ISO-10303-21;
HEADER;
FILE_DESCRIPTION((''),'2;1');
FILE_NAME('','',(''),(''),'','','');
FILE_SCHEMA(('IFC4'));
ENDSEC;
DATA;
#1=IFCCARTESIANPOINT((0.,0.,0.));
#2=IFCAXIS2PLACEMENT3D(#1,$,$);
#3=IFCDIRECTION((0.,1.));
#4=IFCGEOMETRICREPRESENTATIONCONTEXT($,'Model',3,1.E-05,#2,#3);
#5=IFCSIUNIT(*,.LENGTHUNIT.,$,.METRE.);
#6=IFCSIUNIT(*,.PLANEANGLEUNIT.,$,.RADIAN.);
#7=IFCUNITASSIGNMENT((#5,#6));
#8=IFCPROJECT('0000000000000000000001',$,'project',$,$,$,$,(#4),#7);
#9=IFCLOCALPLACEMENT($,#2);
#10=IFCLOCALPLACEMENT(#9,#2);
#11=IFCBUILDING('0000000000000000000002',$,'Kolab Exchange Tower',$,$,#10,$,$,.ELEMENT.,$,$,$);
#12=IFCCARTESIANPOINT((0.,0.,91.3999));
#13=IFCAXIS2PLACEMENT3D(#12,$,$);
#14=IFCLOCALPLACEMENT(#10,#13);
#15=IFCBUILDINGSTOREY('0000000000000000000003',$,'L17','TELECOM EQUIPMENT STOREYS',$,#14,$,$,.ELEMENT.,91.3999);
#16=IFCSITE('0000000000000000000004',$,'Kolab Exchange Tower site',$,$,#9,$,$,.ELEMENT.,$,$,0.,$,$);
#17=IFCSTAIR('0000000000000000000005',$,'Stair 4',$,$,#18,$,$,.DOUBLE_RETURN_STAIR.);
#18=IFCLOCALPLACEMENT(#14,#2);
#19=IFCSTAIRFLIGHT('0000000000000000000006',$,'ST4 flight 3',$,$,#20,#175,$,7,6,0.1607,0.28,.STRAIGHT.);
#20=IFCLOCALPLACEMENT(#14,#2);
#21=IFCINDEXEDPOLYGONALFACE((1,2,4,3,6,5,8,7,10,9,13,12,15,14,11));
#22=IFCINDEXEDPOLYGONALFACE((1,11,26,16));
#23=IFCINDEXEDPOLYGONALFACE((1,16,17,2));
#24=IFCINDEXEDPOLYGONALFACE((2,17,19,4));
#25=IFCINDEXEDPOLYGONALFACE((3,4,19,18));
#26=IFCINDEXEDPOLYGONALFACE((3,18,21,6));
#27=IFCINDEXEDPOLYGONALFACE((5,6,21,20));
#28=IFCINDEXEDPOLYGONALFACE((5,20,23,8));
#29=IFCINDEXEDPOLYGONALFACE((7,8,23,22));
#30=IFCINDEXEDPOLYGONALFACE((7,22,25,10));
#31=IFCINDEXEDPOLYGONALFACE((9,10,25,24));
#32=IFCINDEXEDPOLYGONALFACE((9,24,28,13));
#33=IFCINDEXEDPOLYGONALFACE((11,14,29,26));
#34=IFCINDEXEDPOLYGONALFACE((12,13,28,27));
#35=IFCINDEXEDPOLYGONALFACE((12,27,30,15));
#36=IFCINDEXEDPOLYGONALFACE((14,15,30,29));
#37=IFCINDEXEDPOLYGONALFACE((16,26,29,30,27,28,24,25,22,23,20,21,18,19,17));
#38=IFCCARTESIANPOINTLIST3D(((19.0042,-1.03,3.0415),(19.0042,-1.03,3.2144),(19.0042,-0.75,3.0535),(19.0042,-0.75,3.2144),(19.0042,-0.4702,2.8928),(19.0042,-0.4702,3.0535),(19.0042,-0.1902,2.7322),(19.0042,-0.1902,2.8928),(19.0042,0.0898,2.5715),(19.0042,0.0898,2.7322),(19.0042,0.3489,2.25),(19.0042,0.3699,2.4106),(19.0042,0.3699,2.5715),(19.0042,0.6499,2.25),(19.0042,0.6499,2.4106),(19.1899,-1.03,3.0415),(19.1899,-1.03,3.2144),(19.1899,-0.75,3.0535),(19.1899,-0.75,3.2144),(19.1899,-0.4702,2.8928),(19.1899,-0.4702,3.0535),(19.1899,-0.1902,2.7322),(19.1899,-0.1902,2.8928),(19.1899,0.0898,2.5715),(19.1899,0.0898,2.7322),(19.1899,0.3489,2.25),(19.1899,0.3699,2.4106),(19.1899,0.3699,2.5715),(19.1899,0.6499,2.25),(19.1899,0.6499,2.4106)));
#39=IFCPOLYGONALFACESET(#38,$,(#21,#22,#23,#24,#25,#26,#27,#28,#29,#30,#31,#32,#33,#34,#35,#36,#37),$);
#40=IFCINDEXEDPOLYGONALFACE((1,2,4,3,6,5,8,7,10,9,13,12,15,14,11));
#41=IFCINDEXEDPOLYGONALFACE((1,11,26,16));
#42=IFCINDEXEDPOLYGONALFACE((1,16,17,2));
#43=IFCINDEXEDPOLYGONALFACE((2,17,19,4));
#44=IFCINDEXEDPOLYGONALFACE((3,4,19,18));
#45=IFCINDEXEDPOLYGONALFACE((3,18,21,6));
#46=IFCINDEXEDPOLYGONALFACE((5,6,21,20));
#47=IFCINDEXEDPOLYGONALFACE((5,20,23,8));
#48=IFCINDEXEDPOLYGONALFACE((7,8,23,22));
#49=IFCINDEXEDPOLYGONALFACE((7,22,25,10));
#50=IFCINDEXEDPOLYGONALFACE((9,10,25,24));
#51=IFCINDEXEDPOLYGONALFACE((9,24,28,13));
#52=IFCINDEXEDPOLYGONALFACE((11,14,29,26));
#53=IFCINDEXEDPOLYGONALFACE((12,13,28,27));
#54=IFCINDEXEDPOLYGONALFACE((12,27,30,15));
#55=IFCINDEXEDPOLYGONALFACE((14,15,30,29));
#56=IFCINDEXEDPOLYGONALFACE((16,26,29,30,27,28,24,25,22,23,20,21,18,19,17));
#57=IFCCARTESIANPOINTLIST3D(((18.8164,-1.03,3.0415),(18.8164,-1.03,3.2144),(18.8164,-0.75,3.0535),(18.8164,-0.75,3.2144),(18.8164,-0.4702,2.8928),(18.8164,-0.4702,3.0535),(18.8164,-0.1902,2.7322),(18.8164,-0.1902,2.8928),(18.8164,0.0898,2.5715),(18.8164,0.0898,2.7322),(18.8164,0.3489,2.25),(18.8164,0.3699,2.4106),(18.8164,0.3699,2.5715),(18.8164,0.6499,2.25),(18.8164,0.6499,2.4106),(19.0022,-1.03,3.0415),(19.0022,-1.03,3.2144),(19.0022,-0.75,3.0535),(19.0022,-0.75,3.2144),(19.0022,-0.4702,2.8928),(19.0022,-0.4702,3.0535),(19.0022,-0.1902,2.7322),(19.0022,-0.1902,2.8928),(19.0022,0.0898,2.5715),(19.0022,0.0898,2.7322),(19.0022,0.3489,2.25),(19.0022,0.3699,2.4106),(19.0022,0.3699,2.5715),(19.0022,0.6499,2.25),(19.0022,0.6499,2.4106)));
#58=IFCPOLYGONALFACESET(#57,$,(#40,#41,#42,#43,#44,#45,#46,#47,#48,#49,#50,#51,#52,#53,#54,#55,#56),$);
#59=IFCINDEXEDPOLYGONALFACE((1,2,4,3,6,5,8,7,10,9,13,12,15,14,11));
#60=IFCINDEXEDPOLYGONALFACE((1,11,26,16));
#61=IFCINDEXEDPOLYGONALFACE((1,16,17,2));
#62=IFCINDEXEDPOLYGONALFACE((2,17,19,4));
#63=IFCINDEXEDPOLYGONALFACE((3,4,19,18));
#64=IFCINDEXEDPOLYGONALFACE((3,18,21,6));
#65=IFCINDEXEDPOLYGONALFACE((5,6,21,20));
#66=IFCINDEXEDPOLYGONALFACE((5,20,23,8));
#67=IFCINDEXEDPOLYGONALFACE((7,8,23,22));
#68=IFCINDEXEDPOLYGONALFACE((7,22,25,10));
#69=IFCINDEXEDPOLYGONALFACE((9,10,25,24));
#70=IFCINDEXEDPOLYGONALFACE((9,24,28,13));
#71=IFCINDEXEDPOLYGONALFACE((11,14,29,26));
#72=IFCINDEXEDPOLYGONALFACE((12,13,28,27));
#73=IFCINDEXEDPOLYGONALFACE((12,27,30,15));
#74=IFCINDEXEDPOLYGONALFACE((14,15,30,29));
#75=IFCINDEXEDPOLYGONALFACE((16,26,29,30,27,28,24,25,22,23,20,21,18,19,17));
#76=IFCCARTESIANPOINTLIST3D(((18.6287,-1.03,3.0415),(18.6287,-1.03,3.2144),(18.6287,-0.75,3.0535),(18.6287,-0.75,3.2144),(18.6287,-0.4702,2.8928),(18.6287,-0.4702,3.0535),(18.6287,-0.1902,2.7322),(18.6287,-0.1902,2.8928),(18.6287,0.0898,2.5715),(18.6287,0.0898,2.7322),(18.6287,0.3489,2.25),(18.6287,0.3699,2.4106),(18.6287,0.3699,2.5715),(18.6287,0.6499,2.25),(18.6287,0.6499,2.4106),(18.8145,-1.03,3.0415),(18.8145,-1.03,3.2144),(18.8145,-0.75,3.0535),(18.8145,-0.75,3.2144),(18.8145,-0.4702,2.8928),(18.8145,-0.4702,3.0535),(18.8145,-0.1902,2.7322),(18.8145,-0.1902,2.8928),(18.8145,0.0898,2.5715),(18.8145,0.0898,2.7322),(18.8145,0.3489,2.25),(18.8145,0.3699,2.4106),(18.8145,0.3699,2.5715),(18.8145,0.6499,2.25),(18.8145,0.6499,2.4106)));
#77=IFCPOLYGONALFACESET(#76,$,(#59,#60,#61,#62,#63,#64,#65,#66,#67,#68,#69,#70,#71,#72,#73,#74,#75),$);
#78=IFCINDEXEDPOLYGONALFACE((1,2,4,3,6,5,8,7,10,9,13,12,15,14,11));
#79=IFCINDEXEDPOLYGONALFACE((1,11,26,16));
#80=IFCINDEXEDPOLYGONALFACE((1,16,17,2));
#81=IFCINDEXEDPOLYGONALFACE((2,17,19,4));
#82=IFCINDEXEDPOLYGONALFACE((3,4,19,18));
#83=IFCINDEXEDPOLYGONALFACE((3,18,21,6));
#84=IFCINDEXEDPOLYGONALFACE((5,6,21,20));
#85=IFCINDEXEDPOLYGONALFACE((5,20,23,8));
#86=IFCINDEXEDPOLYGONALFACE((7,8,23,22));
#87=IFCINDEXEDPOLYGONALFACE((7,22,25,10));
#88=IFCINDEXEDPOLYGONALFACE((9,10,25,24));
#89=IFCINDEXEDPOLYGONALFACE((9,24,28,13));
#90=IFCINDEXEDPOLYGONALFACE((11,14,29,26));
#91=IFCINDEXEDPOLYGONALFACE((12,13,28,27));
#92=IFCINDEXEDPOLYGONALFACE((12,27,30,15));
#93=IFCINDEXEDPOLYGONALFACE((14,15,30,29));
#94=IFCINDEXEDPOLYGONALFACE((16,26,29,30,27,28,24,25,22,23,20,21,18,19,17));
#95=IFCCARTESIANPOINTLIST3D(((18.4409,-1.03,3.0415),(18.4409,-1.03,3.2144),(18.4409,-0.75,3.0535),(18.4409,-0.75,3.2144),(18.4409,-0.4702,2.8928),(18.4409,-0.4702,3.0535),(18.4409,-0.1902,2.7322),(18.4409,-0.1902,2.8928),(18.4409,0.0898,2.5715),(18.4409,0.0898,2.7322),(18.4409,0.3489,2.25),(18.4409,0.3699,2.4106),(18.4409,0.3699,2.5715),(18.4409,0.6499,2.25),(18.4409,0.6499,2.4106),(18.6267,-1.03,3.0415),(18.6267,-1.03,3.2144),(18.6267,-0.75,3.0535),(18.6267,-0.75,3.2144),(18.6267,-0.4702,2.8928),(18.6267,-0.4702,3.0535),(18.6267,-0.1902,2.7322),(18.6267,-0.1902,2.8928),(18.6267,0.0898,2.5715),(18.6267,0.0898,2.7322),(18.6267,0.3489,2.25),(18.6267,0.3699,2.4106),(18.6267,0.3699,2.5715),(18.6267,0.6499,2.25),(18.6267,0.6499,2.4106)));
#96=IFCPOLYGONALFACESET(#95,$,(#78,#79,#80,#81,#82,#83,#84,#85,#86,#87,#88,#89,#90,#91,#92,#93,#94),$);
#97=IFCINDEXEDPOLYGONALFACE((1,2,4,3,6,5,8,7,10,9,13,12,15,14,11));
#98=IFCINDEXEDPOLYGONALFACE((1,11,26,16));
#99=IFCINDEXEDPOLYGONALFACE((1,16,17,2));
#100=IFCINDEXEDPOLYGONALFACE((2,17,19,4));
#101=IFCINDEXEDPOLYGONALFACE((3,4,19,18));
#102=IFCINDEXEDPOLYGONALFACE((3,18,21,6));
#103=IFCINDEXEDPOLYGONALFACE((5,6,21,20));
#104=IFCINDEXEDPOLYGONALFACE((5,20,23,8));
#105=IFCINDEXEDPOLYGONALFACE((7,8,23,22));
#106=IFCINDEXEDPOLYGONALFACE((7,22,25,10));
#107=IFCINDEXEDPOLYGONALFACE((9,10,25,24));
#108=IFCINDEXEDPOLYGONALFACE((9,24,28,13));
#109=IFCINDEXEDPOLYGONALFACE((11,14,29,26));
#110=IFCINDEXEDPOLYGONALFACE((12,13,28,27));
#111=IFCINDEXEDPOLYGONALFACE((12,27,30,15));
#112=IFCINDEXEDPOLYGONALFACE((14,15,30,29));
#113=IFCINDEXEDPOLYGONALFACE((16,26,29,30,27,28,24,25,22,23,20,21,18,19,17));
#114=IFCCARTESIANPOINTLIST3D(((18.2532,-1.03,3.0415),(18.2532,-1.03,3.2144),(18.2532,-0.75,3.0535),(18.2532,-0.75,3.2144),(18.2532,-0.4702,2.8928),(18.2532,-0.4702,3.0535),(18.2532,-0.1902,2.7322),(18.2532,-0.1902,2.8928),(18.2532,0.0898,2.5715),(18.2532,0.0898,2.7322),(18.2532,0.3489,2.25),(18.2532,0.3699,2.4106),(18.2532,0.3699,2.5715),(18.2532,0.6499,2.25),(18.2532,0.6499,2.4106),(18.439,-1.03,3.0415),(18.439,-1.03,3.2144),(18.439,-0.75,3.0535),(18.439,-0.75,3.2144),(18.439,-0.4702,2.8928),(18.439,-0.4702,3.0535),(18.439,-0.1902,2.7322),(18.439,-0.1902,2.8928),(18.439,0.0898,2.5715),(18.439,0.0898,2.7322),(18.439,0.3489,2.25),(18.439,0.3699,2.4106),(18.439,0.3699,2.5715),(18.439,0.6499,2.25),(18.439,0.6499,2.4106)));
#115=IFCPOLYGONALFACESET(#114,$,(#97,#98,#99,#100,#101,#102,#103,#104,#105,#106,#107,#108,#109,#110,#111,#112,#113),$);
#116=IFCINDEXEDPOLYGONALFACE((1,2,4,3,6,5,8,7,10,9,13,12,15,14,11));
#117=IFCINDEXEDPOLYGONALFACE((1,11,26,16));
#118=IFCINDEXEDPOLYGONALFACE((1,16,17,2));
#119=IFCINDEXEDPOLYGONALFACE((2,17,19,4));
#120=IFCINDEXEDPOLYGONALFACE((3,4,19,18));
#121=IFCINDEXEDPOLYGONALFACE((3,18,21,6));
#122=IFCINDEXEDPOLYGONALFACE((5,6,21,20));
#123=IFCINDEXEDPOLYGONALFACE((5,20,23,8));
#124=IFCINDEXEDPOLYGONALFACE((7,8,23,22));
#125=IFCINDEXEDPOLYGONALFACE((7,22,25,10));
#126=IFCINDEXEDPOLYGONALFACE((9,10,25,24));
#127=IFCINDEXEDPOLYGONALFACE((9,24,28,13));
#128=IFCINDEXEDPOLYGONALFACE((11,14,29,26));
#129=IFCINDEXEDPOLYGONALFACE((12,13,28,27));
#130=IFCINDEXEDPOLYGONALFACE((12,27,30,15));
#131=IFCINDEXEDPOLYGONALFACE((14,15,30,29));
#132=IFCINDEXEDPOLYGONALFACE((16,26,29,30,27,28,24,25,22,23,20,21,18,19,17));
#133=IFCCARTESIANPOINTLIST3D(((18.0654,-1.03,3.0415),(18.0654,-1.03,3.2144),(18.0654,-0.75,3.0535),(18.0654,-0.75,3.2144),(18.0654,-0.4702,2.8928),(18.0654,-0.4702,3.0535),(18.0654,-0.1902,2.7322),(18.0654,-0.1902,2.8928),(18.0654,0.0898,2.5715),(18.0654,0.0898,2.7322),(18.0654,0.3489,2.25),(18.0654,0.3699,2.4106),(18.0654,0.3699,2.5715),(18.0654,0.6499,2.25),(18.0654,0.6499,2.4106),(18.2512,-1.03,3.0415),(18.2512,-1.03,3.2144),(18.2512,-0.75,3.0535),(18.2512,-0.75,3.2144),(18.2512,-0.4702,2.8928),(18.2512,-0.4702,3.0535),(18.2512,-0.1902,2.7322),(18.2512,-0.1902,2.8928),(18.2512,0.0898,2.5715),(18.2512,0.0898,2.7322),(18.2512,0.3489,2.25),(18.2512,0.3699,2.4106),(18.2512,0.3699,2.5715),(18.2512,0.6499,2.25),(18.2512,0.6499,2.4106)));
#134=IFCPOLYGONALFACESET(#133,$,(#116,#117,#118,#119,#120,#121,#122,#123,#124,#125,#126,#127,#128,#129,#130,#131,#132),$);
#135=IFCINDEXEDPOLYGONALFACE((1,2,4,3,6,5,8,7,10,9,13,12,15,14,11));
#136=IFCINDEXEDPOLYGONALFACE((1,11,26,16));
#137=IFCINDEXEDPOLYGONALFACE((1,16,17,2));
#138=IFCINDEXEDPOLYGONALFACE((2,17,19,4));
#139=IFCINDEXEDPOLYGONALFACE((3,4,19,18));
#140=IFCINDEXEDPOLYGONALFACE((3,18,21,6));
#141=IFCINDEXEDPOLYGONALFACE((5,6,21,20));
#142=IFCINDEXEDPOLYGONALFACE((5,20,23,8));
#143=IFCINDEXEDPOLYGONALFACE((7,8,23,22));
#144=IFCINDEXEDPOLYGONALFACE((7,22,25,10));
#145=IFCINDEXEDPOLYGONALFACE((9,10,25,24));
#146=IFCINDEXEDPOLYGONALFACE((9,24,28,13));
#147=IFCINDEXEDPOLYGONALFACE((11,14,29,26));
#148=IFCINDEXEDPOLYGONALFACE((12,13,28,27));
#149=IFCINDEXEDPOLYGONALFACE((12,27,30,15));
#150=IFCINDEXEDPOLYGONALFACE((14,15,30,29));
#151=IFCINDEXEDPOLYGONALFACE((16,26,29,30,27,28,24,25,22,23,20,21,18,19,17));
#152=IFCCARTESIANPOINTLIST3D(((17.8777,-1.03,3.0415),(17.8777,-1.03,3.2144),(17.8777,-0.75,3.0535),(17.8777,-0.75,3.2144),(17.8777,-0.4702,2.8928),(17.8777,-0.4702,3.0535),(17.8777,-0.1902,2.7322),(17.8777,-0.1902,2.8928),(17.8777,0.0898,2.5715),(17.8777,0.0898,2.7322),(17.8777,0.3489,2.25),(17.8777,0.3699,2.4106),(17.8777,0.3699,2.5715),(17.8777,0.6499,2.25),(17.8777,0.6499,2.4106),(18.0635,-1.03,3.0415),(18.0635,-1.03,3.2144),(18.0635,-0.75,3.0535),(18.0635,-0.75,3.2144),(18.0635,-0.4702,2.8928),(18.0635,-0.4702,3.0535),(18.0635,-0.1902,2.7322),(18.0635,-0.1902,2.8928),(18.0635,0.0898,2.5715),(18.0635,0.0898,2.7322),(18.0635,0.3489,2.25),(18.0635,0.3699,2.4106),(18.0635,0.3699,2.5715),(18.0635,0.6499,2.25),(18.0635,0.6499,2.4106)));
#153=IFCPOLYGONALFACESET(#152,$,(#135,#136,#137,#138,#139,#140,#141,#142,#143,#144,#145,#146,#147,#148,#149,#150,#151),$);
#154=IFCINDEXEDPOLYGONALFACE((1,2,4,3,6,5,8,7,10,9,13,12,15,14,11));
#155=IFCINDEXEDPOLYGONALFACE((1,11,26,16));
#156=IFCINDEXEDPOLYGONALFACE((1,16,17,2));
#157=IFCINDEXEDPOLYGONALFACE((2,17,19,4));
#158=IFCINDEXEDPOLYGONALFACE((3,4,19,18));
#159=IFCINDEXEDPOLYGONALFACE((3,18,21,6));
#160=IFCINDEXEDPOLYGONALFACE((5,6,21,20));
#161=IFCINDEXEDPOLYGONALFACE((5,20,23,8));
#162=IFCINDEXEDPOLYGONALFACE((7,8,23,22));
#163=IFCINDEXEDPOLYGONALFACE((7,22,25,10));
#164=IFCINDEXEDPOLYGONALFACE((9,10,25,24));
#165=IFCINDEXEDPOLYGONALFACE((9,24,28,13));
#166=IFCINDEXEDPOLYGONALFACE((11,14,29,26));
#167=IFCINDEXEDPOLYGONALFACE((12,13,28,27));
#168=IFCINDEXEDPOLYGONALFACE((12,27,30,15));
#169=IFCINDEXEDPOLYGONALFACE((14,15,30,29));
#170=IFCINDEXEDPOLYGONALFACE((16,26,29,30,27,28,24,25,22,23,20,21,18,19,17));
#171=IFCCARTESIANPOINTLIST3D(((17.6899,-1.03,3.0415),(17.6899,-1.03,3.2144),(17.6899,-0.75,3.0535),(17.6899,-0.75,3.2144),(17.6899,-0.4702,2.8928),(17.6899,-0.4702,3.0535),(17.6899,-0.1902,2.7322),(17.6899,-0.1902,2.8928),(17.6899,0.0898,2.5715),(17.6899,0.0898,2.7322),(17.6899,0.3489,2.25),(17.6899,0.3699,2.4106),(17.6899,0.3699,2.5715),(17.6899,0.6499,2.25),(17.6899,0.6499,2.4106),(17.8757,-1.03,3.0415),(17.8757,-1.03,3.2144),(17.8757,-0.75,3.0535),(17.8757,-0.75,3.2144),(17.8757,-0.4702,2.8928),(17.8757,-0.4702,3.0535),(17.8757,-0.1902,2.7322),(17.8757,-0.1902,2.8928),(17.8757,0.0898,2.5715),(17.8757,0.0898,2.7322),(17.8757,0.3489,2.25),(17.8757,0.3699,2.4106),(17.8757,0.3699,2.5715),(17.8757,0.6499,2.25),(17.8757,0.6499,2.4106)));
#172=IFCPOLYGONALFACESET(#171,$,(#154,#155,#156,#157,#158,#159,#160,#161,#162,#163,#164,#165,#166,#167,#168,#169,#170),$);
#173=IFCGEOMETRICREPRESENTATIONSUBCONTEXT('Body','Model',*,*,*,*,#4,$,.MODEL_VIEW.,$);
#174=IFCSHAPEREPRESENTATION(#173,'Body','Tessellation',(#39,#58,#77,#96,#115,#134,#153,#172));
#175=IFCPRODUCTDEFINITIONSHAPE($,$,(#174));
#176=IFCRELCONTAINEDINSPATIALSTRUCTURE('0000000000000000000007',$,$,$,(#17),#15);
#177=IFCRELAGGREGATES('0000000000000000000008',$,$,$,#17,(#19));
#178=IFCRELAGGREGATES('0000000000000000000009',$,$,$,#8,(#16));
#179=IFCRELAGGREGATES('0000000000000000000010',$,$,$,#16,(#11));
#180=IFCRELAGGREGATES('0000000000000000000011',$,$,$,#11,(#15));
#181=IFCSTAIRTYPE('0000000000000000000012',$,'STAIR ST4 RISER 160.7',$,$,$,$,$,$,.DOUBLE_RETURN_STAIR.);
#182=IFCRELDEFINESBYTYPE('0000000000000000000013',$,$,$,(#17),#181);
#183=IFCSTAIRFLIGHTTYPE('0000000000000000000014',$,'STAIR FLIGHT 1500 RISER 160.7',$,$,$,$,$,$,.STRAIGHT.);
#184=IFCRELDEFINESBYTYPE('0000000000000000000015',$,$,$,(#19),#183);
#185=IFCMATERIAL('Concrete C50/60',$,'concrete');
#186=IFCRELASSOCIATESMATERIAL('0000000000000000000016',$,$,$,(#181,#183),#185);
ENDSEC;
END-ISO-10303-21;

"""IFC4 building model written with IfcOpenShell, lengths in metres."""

from ifc_helpers import new_model, si_unit, direction, frame, origin, place, context, subcontext, project, spatial, polyline, outline, extrude, material, type_object, element, aggregate, save


model = new_model("IFC4")

# Units and contexts
model_context = context("Model", 3, precision=1e-05, world=origin(), true_north=direction((0.0, 1.0)))
body_context = subcontext(model_context, "Body", "Model", "MODEL_VIEW")
ifc_project = project(units=[si_unit("LENGTHUNIT", "METRE"), si_unit("PLANEANGLEUNIT", "RADIAN")], contexts=[model_context])

# Site, building, storey
site_placement = place(None, origin())
site = spatial("IfcSite", under=ifc_project, at=site_placement, Name="Kolab Exchange Tower site", CompositionType="ELEMENT", RefElevation=0.0)
building_placement = place(site_placement, origin())
building = spatial("IfcBuilding", under=site, at=building_placement, Name="Kolab Exchange Tower", CompositionType="ELEMENT")
storey_placement = place(building_placement, frame((0.0, 0.0, 91.3999)))
storey = spatial("IfcBuildingStorey", under=building, at=storey_placement, Name="L17", Description="TELECOM EQUIPMENT STOREYS", CompositionType="ELEMENT", Elevation=91.3999)

# Shared definitions
ifc_material_1 = material(Name="Concrete C50/60", Category="concrete")

# Stair, stair flight
stair_type = type_object("IfcStairType", Name="STAIR ST4 RISER 160.7", PredefinedType="DOUBLE_RETURN_STAIR", material=ifc_material_1)
stair_placement = place(storey_placement, origin())
stair = element("IfcStair", 1, at=stair_placement, inside=storey, type_object=stair_type, Name="Stair 4", PredefinedType="DOUBLE_RETURN_STAIR")
stair_flight_type = type_object("IfcStairFlightType", Name="STAIR FLIGHT 1500 RISER 160.7", PredefinedType="STRAIGHT", material=ifc_material_1)
stair_flight_1_placement = place(storey_placement, frame((18.4399, 0.6499, 2.25), z_axis=(0.0, 0.0, 1.0), x_axis=(0.0, -1.0, 0.0)))
stair_flight_1 = element("IfcStairFlight", 2, at=stair_flight_1_placement, type_object=stair_flight_type, Name="ST4 flight 3", NumberOfRisers=7, NumberOfTreads=6, PredefinedType="STRAIGHT", RiserHeight=0.1607, TreadLength=0.28, context=body_context, shape_type="SweptSolid", body=[
    extrude(outline(polyline([(0.0, 0.0), (0.0, 0.1606), (0.28, 0.1606), (0.28, 0.3215), (0.5601, 0.3215), (0.5601, 0.4822), (0.8401, 0.4822), (0.8401, 0.6428), (1.1201, 0.6428), (1.1201, 0.8035), (1.3999, 0.8035), (1.3999, 0.9644), (1.6799, 0.9644), (1.6799, 1.125), (1.6799, 0.7915), (0.301, 0.0), (0.0, 0.0)])), frame((0.0, 0.75, 0.0), z_axis=(0.0, -1.0, 0.0), x_axis=(1.0, 0.0, 0.0)), (0.0, 0.0, 1.0), 0.1858),
    extrude(outline(polyline([(0.0, 0.0), (0.0, 0.1606), (0.28, 0.1606), (0.28, 0.3215), (0.5601, 0.3215), (0.5601, 0.4822), (0.8401, 0.4822), (0.8401, 0.6428), (1.1201, 0.6428), (1.1201, 0.8035), (1.3999, 0.8035), (1.3999, 0.9644), (1.6799, 0.9644), (1.6799, 1.125), (1.6799, 0.7915), (0.301, 0.0), (0.0, 0.0)])), frame((0.0, 0.5623, 0.0), z_axis=(0.0, -1.0, 0.0), x_axis=(1.0, 0.0, 0.0)), (0.0, 0.0, 1.0), 0.1858),
    extrude(outline(polyline([(0.0, 0.0), (0.0, 0.1606), (0.28, 0.1606), (0.28, 0.3215), (0.5601, 0.3215), (0.5601, 0.4822), (0.8401, 0.4822), (0.8401, 0.6428), (1.1201, 0.6428), (1.1201, 0.8035), (1.3999, 0.8035), (1.3999, 0.9644), (1.6799, 0.9644), (1.6799, 1.125), (1.6799, 0.7915), (0.301, 0.0), (0.0, 0.0)])), frame((0.0, 0.3745, 0.0), z_axis=(0.0, -1.0, 0.0), x_axis=(1.0, 0.0, 0.0)), (0.0, 0.0, 1.0), 0.1858),
    extrude(outline(polyline([(0.0, 0.0), (0.0, 0.1606), (0.28, 0.1606), (0.28, 0.3215), (0.5601, 0.3215), (0.5601, 0.4822), (0.8401, 0.4822), (0.8401, 0.6428), (1.1201, 0.6428), (1.1201, 0.8035), (1.3999, 0.8035), (1.3999, 0.9644), (1.6799, 0.9644), (1.6799, 1.125), (1.6799, 0.7915), (0.301, 0.0), (0.0, 0.0)])), frame((0.0, 0.1868, 0.0), z_axis=(0.0, -1.0, 0.0), x_axis=(1.0, 0.0, 0.0)), (0.0, 0.0, 1.0), 0.1858),
    extrude(outline(polyline([(0.0, 0.0), (0.0, 0.1606), (0.28, 0.1606), (0.28, 0.3215), (0.5601, 0.3215), (0.5601, 0.4822), (0.8401, 0.4822), (0.8401, 0.6428), (1.1201, 0.6428), (1.1201, 0.8035), (1.3999, 0.8035), (1.3999, 0.9644), (1.6799, 0.9644), (1.6799, 1.125), (1.6799, 0.7915), (0.301, 0.0), (0.0, 0.0)])), frame((0.0, -0.001, 0.0), z_axis=(0.0, -1.0, 0.0), x_axis=(1.0, 0.0, 0.0)), (0.0, 0.0, 1.0), 0.1858),
    extrude(outline(polyline([(0.0, 0.0), (0.0, 0.1606), (0.28, 0.1606), (0.28, 0.3215), (0.5601, 0.3215), (0.5601, 0.4822), (0.8401, 0.4822), (0.8401, 0.6428), (1.1201, 0.6428), (1.1201, 0.8035), (1.3999, 0.8035), (1.3999, 0.9644), (1.6799, 0.9644), (1.6799, 1.125), (1.6799, 0.7915), (0.301, 0.0), (0.0, 0.0)])), frame((0.0, -0.1887, 0.0), z_axis=(0.0, -1.0, 0.0), x_axis=(1.0, 0.0, 0.0)), (0.0, 0.0, 1.0), 0.1858),
    extrude(outline(polyline([(0.0, 0.0), (0.0, 0.1606), (0.28, 0.1606), (0.28, 0.3215), (0.5601, 0.3215), (0.5601, 0.4822), (0.8401, 0.4822), (0.8401, 0.6428), (1.1201, 0.6428), (1.1201, 0.8035), (1.3999, 0.8035), (1.3999, 0.9644), (1.6799, 0.9644), (1.6799, 1.125), (1.6799, 0.7915), (0.301, 0.0), (0.0, 0.0)])), frame((0.0, -0.3765, 0.0), z_axis=(0.0, -1.0, 0.0), x_axis=(1.0, 0.0, 0.0)), (0.0, 0.0, 1.0), 0.1858),
    extrude(outline(polyline([(0.0, 0.0), (0.0, 0.1606), (0.28, 0.1606), (0.28, 0.3215), (0.5601, 0.3215), (0.5601, 0.4822), (0.8401, 0.4822), (0.8401, 0.6428), (1.1201, 0.6428), (1.1201, 0.8035), (1.3999, 0.8035), (1.3999, 0.9644), (1.6799, 0.9644), (1.6799, 1.125), (1.6799, 0.7915), (0.301, 0.0), (0.0, 0.0)])), frame((0.0, -0.5642, 0.0), z_axis=(0.0, -1.0, 0.0), x_axis=(1.0, 0.0, 0.0)), (0.0, 0.0, 1.0), 0.1858),
])
aggregate(stair, [stair_flight_1])

save(model, "model.ifc")
